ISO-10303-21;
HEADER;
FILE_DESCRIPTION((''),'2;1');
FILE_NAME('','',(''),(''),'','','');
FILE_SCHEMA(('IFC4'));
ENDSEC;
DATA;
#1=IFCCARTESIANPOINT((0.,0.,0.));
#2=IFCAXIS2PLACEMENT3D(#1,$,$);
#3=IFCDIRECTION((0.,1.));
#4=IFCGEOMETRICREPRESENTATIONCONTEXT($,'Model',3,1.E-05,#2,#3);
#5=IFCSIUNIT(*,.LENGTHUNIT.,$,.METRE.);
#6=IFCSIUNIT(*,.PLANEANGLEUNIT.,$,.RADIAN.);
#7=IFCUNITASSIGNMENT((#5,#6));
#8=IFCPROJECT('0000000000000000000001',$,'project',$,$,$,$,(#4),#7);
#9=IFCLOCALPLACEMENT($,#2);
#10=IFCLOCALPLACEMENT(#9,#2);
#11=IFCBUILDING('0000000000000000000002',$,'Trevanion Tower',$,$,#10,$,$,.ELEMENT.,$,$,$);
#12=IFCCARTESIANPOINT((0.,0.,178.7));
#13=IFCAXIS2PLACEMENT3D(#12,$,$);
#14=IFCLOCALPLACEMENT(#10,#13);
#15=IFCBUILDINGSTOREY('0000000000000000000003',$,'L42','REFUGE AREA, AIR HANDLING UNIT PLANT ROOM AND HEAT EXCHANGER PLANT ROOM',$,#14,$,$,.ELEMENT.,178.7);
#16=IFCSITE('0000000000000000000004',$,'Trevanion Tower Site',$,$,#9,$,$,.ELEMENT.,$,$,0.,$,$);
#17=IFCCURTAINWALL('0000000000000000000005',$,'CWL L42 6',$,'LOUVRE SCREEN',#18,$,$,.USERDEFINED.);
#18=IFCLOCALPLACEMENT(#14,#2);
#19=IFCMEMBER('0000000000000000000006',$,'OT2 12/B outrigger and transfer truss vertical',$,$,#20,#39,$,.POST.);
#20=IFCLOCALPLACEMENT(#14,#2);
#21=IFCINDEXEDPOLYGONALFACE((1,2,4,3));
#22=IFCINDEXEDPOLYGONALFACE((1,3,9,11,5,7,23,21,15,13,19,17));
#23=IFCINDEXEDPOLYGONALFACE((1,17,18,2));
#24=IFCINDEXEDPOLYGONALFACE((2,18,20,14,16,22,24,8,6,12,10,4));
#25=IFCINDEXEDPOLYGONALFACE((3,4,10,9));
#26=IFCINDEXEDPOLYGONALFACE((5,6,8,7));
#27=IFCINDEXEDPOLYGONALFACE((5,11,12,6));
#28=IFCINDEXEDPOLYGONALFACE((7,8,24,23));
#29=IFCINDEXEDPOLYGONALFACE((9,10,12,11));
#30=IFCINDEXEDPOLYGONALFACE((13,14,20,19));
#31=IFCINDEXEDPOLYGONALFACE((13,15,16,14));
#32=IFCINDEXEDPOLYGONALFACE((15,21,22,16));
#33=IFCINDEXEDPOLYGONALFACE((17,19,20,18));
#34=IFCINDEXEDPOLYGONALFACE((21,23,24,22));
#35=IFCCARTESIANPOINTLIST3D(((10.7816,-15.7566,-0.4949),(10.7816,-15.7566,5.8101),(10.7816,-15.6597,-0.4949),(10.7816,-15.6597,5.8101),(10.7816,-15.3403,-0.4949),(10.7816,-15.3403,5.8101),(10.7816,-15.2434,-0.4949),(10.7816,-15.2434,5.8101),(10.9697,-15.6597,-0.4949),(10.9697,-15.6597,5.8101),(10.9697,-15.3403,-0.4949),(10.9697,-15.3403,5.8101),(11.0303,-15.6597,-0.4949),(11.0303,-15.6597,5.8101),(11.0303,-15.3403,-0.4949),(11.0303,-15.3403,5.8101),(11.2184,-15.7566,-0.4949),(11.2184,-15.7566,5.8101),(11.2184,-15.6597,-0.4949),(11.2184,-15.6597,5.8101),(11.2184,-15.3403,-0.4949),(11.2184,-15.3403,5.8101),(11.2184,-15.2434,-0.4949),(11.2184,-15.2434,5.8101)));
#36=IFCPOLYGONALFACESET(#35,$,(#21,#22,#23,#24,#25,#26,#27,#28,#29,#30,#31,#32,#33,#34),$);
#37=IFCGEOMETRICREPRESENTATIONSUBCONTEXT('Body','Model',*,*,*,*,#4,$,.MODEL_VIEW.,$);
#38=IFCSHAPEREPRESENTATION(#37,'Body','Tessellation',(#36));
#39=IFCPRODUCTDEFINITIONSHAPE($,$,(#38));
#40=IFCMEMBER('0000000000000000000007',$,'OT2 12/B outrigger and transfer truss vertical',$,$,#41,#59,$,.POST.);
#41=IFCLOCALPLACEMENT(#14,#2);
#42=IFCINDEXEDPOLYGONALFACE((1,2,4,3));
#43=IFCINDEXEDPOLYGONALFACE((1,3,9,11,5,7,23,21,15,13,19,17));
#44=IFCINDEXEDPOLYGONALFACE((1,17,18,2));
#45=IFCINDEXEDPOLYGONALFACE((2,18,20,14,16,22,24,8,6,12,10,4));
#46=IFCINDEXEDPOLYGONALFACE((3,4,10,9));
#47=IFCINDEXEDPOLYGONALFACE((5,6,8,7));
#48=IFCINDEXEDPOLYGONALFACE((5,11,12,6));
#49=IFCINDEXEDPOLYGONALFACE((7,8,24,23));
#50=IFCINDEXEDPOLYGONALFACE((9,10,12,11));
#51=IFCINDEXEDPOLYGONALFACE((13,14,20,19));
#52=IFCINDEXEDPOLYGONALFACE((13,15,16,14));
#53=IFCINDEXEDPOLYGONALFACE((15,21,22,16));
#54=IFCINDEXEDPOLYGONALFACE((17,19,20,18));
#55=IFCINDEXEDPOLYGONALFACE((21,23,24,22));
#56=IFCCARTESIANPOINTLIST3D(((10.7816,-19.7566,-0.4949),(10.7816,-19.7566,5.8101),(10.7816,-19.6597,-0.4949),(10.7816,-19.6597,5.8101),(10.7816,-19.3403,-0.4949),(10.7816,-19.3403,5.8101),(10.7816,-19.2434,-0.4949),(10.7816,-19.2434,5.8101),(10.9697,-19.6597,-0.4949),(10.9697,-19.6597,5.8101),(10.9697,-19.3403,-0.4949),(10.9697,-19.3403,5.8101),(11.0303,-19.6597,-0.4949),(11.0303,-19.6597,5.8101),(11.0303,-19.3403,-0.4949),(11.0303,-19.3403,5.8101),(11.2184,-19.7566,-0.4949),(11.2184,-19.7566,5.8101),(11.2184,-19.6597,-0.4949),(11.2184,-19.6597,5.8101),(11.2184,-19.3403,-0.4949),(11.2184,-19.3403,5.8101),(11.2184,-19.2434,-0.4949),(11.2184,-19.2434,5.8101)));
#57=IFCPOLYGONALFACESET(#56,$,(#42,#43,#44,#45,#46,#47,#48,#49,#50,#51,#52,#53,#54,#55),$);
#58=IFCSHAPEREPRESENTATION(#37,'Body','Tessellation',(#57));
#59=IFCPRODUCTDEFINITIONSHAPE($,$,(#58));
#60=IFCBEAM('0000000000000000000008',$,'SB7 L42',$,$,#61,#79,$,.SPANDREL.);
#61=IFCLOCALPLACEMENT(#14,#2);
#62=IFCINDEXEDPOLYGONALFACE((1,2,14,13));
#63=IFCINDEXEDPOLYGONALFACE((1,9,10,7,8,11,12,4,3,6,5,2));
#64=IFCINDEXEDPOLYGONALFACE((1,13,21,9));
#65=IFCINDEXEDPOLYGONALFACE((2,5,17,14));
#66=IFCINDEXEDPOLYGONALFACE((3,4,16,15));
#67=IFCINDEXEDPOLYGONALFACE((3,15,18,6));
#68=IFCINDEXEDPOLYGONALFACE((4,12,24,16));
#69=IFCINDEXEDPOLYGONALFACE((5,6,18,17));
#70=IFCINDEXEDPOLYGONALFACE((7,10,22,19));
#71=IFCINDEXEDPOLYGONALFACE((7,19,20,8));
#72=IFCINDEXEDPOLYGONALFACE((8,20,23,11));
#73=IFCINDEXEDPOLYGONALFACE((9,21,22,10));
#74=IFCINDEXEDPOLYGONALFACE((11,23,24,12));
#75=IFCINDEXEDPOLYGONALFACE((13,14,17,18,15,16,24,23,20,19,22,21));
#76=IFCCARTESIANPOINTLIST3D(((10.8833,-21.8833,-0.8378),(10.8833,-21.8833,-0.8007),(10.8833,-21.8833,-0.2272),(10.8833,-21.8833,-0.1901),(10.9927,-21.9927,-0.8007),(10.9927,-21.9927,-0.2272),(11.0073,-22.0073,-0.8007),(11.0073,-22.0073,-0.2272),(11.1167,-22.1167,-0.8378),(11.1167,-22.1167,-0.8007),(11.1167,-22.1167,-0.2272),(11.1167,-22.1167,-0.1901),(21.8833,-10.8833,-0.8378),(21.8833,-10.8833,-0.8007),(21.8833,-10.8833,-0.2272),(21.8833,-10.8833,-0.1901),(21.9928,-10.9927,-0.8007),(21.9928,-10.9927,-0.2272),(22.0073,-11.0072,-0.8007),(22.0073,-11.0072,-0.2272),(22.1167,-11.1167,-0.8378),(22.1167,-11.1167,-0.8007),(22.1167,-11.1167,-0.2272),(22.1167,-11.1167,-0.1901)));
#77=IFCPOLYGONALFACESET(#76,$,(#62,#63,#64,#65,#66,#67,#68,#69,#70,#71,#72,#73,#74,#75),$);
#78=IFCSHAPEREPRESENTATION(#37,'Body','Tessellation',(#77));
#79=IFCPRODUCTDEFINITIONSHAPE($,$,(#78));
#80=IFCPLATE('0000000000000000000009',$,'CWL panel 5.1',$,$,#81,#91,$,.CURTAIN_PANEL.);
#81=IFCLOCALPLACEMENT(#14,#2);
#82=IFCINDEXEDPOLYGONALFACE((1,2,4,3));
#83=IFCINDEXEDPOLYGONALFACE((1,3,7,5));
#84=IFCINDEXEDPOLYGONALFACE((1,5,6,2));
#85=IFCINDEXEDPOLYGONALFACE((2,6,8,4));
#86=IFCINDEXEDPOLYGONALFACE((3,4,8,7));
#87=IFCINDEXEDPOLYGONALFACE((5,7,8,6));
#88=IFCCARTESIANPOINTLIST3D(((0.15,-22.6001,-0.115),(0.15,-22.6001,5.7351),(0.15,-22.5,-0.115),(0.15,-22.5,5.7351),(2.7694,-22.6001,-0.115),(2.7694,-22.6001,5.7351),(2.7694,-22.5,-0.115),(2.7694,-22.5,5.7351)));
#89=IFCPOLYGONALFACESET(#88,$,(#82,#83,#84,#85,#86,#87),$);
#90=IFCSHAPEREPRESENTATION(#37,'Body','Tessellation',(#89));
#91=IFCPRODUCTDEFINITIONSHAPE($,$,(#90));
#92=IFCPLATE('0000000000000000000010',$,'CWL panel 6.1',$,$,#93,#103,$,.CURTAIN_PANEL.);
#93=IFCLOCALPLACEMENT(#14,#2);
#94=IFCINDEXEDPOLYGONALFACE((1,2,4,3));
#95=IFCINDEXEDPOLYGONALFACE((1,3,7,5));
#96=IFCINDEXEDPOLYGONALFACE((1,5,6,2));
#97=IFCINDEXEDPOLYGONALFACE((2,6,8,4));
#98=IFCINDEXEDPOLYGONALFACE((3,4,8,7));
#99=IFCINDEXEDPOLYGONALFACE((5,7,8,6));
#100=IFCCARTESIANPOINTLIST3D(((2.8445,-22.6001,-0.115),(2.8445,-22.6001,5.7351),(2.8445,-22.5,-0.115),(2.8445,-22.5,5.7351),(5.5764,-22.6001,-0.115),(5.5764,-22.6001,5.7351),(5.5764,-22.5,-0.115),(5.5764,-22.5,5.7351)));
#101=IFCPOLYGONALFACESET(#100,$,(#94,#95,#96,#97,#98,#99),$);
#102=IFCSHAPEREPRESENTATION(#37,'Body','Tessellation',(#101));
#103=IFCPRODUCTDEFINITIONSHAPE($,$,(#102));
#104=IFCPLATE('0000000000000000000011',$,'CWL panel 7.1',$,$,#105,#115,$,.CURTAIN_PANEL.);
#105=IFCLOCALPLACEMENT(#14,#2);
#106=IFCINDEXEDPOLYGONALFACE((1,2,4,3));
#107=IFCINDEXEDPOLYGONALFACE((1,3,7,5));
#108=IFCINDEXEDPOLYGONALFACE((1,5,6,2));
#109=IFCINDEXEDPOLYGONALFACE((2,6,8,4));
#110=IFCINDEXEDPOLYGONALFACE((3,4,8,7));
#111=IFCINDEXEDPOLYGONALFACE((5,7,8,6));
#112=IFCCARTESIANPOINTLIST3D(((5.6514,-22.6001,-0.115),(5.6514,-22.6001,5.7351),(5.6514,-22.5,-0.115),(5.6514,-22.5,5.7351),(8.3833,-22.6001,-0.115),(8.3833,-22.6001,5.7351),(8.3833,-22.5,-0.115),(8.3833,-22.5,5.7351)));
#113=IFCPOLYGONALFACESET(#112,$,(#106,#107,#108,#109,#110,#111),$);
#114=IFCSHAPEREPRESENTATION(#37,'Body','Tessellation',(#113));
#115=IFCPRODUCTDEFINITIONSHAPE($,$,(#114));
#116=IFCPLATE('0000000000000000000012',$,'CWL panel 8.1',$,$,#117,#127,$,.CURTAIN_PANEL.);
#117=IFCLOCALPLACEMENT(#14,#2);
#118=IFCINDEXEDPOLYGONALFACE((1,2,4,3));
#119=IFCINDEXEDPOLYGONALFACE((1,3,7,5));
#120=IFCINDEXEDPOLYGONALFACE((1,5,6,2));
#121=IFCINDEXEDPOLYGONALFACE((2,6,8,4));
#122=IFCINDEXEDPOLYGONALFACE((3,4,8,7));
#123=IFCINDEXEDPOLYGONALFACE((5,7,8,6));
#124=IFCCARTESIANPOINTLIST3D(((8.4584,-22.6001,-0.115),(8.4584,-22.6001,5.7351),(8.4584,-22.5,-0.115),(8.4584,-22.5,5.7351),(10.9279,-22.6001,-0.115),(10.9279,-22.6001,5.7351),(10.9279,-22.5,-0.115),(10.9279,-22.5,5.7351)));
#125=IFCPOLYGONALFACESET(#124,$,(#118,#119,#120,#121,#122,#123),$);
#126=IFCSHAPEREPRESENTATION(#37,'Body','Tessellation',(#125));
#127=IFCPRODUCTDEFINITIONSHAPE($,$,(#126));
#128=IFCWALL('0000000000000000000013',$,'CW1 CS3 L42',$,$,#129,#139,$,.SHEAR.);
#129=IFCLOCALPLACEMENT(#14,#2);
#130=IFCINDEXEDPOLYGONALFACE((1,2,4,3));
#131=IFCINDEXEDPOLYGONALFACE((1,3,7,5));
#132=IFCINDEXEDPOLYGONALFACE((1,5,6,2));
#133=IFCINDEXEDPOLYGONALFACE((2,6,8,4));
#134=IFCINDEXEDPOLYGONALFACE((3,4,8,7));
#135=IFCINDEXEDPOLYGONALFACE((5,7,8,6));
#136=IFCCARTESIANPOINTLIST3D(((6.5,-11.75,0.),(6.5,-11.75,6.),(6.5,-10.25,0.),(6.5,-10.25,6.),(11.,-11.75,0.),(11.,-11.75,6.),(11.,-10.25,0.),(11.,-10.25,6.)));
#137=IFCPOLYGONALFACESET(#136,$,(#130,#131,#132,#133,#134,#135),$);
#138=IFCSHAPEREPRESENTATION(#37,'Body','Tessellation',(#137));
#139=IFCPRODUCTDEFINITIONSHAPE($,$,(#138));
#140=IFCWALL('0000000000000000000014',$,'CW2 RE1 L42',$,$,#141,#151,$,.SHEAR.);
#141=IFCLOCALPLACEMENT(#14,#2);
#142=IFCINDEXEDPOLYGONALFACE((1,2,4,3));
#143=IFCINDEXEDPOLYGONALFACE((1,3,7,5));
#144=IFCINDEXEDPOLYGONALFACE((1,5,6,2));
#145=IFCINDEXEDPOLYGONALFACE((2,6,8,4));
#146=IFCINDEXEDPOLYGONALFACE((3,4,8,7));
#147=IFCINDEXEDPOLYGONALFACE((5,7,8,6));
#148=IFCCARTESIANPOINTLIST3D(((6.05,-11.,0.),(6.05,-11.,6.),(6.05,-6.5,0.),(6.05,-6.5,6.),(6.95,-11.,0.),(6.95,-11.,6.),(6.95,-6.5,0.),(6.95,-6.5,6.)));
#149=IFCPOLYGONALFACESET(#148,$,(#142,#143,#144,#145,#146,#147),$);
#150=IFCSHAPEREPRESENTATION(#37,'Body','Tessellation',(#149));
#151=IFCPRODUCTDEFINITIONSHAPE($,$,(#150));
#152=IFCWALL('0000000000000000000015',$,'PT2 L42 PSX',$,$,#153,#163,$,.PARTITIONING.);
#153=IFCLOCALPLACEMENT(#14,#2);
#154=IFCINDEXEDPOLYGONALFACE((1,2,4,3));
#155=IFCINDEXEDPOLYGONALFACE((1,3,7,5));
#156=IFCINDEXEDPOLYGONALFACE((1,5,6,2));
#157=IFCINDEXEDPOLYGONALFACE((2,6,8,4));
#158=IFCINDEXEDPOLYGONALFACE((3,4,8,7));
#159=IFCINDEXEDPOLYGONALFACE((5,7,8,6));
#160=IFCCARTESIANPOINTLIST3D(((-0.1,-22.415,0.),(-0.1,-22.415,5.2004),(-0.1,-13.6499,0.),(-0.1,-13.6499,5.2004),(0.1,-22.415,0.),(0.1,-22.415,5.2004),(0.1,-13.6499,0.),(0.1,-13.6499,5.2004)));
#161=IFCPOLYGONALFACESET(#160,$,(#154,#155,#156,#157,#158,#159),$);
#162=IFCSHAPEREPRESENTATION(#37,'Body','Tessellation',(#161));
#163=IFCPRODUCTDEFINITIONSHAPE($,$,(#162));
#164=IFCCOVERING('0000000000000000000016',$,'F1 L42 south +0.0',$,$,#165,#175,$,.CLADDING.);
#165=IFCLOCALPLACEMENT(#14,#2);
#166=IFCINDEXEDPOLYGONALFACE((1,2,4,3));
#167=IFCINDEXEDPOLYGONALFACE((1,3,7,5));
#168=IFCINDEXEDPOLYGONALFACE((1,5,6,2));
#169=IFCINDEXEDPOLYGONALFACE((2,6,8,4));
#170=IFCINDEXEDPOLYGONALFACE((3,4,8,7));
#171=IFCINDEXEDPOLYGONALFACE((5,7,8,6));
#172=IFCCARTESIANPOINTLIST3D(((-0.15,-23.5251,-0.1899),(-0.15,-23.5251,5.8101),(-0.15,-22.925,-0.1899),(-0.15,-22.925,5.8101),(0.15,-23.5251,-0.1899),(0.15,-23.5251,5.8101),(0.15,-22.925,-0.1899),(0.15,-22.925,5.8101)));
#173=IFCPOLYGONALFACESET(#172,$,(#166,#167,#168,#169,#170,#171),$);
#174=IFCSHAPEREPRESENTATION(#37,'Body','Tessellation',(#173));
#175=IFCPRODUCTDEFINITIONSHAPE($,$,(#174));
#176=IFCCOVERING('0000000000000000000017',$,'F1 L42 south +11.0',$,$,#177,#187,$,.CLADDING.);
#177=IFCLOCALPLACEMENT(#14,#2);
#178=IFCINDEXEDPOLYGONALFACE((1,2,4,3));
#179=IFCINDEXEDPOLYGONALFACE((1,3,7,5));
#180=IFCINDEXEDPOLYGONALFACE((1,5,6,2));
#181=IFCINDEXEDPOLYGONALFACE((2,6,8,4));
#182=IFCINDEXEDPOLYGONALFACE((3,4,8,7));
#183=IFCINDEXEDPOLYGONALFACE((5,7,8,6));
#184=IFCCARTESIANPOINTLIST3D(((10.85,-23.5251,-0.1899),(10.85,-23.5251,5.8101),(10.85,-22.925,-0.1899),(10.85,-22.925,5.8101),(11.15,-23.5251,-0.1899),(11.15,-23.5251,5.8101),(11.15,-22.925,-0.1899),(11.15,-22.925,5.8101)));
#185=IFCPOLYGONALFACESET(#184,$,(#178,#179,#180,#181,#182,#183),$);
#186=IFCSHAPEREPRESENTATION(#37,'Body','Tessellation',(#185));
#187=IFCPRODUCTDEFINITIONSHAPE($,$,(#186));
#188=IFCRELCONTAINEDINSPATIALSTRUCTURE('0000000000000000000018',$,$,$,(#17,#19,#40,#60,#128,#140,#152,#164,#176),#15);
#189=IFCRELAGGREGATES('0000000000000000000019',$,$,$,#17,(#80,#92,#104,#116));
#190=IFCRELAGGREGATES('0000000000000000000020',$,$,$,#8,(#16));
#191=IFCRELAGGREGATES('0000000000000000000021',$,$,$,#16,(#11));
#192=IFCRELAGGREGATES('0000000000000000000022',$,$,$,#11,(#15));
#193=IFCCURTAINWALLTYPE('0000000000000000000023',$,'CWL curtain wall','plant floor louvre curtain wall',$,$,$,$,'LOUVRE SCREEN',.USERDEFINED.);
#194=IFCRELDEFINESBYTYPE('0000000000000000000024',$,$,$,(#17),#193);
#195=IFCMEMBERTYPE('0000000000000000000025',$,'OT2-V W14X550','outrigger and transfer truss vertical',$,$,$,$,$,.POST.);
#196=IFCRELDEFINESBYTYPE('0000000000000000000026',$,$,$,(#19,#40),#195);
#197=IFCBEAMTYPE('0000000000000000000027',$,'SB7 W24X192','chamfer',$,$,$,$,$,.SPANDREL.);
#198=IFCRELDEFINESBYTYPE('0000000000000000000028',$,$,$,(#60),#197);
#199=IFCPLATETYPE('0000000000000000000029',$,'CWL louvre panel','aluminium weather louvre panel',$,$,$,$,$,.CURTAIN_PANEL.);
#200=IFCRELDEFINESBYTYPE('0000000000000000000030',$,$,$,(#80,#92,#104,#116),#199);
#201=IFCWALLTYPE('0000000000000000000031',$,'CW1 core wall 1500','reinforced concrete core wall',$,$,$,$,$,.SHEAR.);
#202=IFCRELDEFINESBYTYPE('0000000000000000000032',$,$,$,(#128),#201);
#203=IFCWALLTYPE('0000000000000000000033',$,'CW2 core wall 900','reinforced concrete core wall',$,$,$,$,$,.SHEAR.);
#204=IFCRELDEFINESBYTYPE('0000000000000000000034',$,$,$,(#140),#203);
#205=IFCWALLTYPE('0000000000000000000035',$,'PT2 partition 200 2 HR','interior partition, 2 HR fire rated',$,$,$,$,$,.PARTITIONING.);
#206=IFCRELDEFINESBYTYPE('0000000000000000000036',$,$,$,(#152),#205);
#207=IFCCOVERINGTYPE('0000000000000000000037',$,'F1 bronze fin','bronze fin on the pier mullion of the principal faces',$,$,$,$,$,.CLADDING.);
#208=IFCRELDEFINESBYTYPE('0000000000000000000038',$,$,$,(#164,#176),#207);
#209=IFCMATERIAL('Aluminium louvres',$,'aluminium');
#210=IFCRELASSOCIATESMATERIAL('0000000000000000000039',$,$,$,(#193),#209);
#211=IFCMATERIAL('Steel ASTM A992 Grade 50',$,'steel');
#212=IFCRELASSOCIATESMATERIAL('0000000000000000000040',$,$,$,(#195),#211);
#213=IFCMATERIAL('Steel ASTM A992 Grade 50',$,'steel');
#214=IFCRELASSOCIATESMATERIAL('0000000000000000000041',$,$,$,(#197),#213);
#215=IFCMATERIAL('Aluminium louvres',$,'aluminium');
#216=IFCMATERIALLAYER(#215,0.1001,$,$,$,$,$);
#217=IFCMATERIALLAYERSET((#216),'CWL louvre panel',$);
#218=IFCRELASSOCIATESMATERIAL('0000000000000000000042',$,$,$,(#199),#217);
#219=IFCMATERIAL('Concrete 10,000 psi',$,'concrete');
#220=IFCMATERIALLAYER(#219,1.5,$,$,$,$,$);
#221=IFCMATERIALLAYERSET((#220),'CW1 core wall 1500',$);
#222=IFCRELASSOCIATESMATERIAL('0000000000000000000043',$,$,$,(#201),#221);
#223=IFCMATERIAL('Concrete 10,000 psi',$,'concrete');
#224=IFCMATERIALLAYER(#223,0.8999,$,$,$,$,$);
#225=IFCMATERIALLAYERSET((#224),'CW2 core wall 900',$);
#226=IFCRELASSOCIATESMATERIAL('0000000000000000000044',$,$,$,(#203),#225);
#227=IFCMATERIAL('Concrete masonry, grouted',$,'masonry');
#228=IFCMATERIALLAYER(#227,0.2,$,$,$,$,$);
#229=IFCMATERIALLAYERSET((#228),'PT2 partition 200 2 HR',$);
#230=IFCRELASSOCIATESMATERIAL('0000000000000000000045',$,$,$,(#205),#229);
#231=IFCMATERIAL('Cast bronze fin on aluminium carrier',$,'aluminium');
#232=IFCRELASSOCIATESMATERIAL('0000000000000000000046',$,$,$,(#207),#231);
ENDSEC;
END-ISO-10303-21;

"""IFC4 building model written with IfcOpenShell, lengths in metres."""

from ifc_helpers import new_model, si_unit, direction, frame, frame_2d, origin, origin_2d, place, context, subcontext, project, spatial, rectangle, i_section, extrude, material, layer, layer_set, material_profile, profile_set, type_object, element, aggregate, save


model = new_model("IFC4")

# Units and contexts
model_context = context("Model", 3, precision=1e-05, world=origin(), true_north=direction((0.0, 1.0)))
body_context = subcontext(model_context, "Body", "Model", "MODEL_VIEW")
ifc_project = project(units=[si_unit("LENGTHUNIT", "METRE"), si_unit("PLANEANGLEUNIT", "RADIAN")], contexts=[model_context])

# Site, building, storey
site_placement = place(None, origin())
site = spatial("IfcSite", under=ifc_project, at=site_placement, Name="Trevanion Tower Site", CompositionType="ELEMENT", RefElevation=0.0)
building_placement = place(site_placement, origin())
building = spatial("IfcBuilding", under=site, at=building_placement, Name="Trevanion Tower", CompositionType="ELEMENT")
storey_placement = place(building_placement, frame((0.0, 0.0, 178.7)))
storey = spatial("IfcBuildingStorey", under=building, at=storey_placement, Name="L42", Description="REFUGE AREA, AIR HANDLING UNIT PLANT ROOM AND HEAT EXCHANGER PLANT ROOM", CompositionType="ELEMENT", Elevation=178.7)

# Curtain wall
ifc_material_1 = material(Name="Aluminium louvres", Category="aluminium")
curtain_wall_type = type_object("IfcCurtainWallType", Name="CWL curtain wall", Description="plant floor louvre curtain wall", ElementType="LOUVRE SCREEN", PredefinedType="USERDEFINED", material=ifc_material_1)
curtain_wall_placement = place(storey_placement, origin())
curtain_wall = element("IfcCurtainWall", 1, at=curtain_wall_placement, inside=storey, type_object=curtain_wall_type, Name="CWL L42 6", ObjectType="LOUVRE SCREEN", PredefinedType="USERDEFINED")

# Members
ifc_material_2 = material(Name="Steel ASTM A992 Grade 50", Category="steel")
ifc_material_profile_1 = material_profile(ifc_material_2, i_section(OverallWidth=0.4368, OverallDepth=0.5132, WebThickness=0.0605, FlangeThickness=0.0969, at=origin_2d()), Name="W14X550")
ifc_profile_set_1 = profile_set([ifc_material_profile_1], Name="Steel ASTM A992 Grade 50")
member_type_1 = type_object("IfcMemberType", Name="OT2-V W14X550", Description="outrigger and transfer truss vertical", PredefinedType="POST", material=ifc_profile_set_1)
for number, where, z_axis, x_axis, name in (
    (2, (11.0, -15.5, -0.4949), (0.0, 0.0, 1.0), (1.0, 0.0, 0.0), "OT2 12/B outrigger and transfer truss vertical"),
    (3, (11.0, -19.5, -0.4949), (0.0, 0.0, 1.0), (1.0, 0.0, 0.0), "OT2 12/B outrigger and transfer truss vertical"),
):
    element("IfcMember", number, at=place(storey_placement, frame(where, z_axis=z_axis, x_axis=x_axis)), inside=storey, type_object=member_type_1, Name=name, PredefinedType="POST", context=body_context, shape_type="SweptSolid", body=[
        extrude(i_section(OverallWidth=0.4368, OverallDepth=0.5132, WebThickness=0.0605, FlangeThickness=0.0969, at=origin_2d()), origin(), (0.0, 0.0, 1.0), 6.3049),
    ])

# Beam
ifc_material_3 = material(Name="Steel ASTM A992 Grade 50", Category="steel")
ifc_material_profile_2 = material_profile(ifc_material_3, i_section(OverallWidth=0.3301, OverallDepth=0.6477, WebThickness=0.0205, FlangeThickness=0.0371, at=origin_2d()), Name="W24X192")
ifc_profile_set_2 = profile_set([ifc_material_profile_2], Name="Steel ASTM A992 Grade 50")
beam_type_1 = type_object("IfcBeamType", Name="SB7 W24X192", Description="chamfer", PredefinedType="SPANDREL", material=ifc_profile_set_2)
beam_1_placement = place(storey_placement, frame((11.0, -22.0, -0.5139), z_axis=(0.707107, 0.707107, 0.0), x_axis=(-0.707107, 0.707107, 0.0)))
element("IfcBeam", 4, at=beam_1_placement, inside=storey, type_object=beam_type_1, Name="SB7 L42", PredefinedType="SPANDREL", context=body_context, shape_type="SweptSolid", body=[
    extrude(i_section(OverallWidth=0.3301, OverallDepth=0.6477, WebThickness=0.0205, FlangeThickness=0.0371, at=origin_2d()), origin(), (0.0, 0.0, 1.0), 15.5564),
])

# Plates
ifc_material_4 = material(Name="Aluminium louvres", Category="aluminium")
ifc_layer_1 = layer(ifc_material_4, 0.1001)
ifc_layer_set_1 = layer_set([ifc_layer_1], Name="CWL louvre panel")
plate_type = type_object("IfcPlateType", Name="CWL louvre panel", Description="aluminium weather louvre panel", PredefinedType="CURTAIN_PANEL", material=ifc_layer_set_1)
plate_1_placement = place(storey_placement, frame((1.4597, -22.55, -0.115), z_axis=(0.0, 0.0, 1.0), x_axis=(1.0, 0.0, 0.0)))
plate_1 = element("IfcPlate", 5, at=plate_1_placement, type_object=plate_type, Name="CWL panel 5.1", PredefinedType="CURTAIN_PANEL", context=body_context, shape_type="SweptSolid", body=[
    extrude(rectangle(XDim=2.6194, YDim=0.1001, at=origin_2d()), origin(), (0.0, 0.0, 1.0), 5.8501),
])
plate_2_placement = place(storey_placement, frame((4.2104, -22.55, -0.115), z_axis=(0.0, 0.0, 1.0), x_axis=(1.0, 0.0, 0.0)))
plate_2 = element("IfcPlate", 6, at=plate_2_placement, type_object=plate_type, Name="CWL panel 6.1", PredefinedType="CURTAIN_PANEL", context=body_context, shape_type="SweptSolid", body=[
    extrude(rectangle(XDim=2.7319, YDim=0.1001, at=origin_2d()), origin(), (0.0, 0.0, 1.0), 5.8501),
])
plate_3_placement = place(storey_placement, frame((7.0173, -22.55, -0.115), z_axis=(0.0, 0.0, 1.0), x_axis=(1.0, 0.0, 0.0)))
plate_3 = element("IfcPlate", 7, at=plate_3_placement, type_object=plate_type, Name="CWL panel 7.1", PredefinedType="CURTAIN_PANEL", context=body_context, shape_type="SweptSolid", body=[
    extrude(rectangle(XDim=2.7319, YDim=0.1001, at=origin_2d()), origin(), (0.0, 0.0, 1.0), 5.8501),
])
plate_4_placement = place(storey_placement, frame((9.6931, -22.55, -0.115), z_axis=(0.0, 0.0, 1.0), x_axis=(1.0, 0.0, 0.0)))
plate_4 = element("IfcPlate", 8, at=plate_4_placement, type_object=plate_type, Name="CWL panel 8.1", PredefinedType="CURTAIN_PANEL", context=body_context, shape_type="SweptSolid", body=[
    extrude(rectangle(XDim=2.4695, YDim=0.1001, at=origin_2d()), origin(), (0.0, 0.0, 1.0), 5.8501),
])
aggregate(curtain_wall, [plate_1, plate_2, plate_3, plate_4])

# Walls
ifc_material_5 = material(Name="Concrete 10,000 psi", Category="concrete")
ifc_layer_2 = layer(ifc_material_5, 1.5)
ifc_layer_set_2 = layer_set([ifc_layer_2], Name="CW1 core wall 1500")
wall_type_1 = type_object("IfcWallType", Name="CW1 core wall 1500", Description="reinforced concrete core wall", PredefinedType="SHEAR", material=ifc_layer_set_2)
wall_1_placement = place(storey_placement, frame((6.5, -11.0, 0.0), z_axis=(0.0, 0.0, 1.0), x_axis=(1.0, 0.0, 0.0)))
element("IfcWall", 9, at=wall_1_placement, inside=storey, type_object=wall_type_1, Name="CW1 CS3 L42", PredefinedType="SHEAR", context=body_context, shape_type="SweptSolid", body=[
    extrude(rectangle(XDim=4.5, YDim=1.5, at=frame_2d((2.25, 0.0))), origin(), (0.0, 0.0, 1.0), 6.0),
])
ifc_material_6 = material(Name="Concrete 10,000 psi", Category="concrete")
ifc_layer_3 = layer(ifc_material_6, 0.8999)
ifc_layer_set_3 = layer_set([ifc_layer_3], Name="CW2 core wall 900")
wall_type_2 = type_object("IfcWallType", Name="CW2 core wall 900", Description="reinforced concrete core wall", PredefinedType="SHEAR", material=ifc_layer_set_3)
wall_2_placement = place(storey_placement, frame((6.5, -11.0, 0.0), z_axis=(0.0, 0.0, 1.0), x_axis=(0.0, 1.0, 0.0)))
element("IfcWall", 10, at=wall_2_placement, inside=storey, type_object=wall_type_2, Name="CW2 RE1 L42", PredefinedType="SHEAR", context=body_context, shape_type="SweptSolid", body=[
    extrude(rectangle(XDim=4.5, YDim=0.8999, at=frame_2d((2.25, 0.0))), origin(), (0.0, 0.0, 1.0), 6.0),
])
ifc_material_7 = material(Name="Concrete masonry, grouted", Category="masonry")
ifc_layer_4 = layer(ifc_material_7, 0.2)
ifc_layer_set_4 = layer_set([ifc_layer_4], Name="PT2 partition 200 2 HR")
wall_type_3 = type_object("IfcWallType", Name="PT2 partition 200 2 HR", Description="interior partition, 2 HR fire rated", PredefinedType="PARTITIONING", material=ifc_layer_set_4)
wall_3_placement = place(storey_placement, frame((0.0, -13.6499, 0.0), z_axis=(0.0, 0.0, 1.0), x_axis=(0.0, -1.0, 0.0)))
element("IfcWall", 11, at=wall_3_placement, inside=storey, type_object=wall_type_3, Name="PT2 L42 PSX", PredefinedType="PARTITIONING", context=body_context, shape_type="SweptSolid", body=[
    extrude(rectangle(XDim=8.7651, YDim=0.2, at=frame_2d((4.3826, 0.0))), origin(), (0.0, 0.0, 1.0), 5.2004),
])

# Coverings
ifc_material_8 = material(Name="Cast bronze fin on aluminium carrier", Category="aluminium")
covering_type = type_object("IfcCoveringType", Name="F1 bronze fin", Description="bronze fin on the pier mullion of the principal faces", PredefinedType="CLADDING", material=ifc_material_8)
for number, where, z_axis, x_axis, name in (
    (12, (0.0, -23.2251, -0.1899), (0.0, 0.0, 1.0), (1.0, 0.0, 0.0), "F1 L42 south +0.0"),
    (13, (11.0, -23.2251, -0.1899), (0.0, 0.0, 1.0), (1.0, 0.0, 0.0), "F1 L42 south +11.0"),
):
    element("IfcCovering", number, at=place(storey_placement, frame(where, z_axis=z_axis, x_axis=x_axis)), inside=storey, type_object=covering_type, Name=name, PredefinedType="CLADDING", context=body_context, shape_type="SweptSolid", body=[
        extrude(rectangle(XDim=0.3, YDim=0.6001, at=origin_2d()), origin(), (0.0, 0.0, 1.0), 6.0),
    ])

save(model, "model.ifc")
